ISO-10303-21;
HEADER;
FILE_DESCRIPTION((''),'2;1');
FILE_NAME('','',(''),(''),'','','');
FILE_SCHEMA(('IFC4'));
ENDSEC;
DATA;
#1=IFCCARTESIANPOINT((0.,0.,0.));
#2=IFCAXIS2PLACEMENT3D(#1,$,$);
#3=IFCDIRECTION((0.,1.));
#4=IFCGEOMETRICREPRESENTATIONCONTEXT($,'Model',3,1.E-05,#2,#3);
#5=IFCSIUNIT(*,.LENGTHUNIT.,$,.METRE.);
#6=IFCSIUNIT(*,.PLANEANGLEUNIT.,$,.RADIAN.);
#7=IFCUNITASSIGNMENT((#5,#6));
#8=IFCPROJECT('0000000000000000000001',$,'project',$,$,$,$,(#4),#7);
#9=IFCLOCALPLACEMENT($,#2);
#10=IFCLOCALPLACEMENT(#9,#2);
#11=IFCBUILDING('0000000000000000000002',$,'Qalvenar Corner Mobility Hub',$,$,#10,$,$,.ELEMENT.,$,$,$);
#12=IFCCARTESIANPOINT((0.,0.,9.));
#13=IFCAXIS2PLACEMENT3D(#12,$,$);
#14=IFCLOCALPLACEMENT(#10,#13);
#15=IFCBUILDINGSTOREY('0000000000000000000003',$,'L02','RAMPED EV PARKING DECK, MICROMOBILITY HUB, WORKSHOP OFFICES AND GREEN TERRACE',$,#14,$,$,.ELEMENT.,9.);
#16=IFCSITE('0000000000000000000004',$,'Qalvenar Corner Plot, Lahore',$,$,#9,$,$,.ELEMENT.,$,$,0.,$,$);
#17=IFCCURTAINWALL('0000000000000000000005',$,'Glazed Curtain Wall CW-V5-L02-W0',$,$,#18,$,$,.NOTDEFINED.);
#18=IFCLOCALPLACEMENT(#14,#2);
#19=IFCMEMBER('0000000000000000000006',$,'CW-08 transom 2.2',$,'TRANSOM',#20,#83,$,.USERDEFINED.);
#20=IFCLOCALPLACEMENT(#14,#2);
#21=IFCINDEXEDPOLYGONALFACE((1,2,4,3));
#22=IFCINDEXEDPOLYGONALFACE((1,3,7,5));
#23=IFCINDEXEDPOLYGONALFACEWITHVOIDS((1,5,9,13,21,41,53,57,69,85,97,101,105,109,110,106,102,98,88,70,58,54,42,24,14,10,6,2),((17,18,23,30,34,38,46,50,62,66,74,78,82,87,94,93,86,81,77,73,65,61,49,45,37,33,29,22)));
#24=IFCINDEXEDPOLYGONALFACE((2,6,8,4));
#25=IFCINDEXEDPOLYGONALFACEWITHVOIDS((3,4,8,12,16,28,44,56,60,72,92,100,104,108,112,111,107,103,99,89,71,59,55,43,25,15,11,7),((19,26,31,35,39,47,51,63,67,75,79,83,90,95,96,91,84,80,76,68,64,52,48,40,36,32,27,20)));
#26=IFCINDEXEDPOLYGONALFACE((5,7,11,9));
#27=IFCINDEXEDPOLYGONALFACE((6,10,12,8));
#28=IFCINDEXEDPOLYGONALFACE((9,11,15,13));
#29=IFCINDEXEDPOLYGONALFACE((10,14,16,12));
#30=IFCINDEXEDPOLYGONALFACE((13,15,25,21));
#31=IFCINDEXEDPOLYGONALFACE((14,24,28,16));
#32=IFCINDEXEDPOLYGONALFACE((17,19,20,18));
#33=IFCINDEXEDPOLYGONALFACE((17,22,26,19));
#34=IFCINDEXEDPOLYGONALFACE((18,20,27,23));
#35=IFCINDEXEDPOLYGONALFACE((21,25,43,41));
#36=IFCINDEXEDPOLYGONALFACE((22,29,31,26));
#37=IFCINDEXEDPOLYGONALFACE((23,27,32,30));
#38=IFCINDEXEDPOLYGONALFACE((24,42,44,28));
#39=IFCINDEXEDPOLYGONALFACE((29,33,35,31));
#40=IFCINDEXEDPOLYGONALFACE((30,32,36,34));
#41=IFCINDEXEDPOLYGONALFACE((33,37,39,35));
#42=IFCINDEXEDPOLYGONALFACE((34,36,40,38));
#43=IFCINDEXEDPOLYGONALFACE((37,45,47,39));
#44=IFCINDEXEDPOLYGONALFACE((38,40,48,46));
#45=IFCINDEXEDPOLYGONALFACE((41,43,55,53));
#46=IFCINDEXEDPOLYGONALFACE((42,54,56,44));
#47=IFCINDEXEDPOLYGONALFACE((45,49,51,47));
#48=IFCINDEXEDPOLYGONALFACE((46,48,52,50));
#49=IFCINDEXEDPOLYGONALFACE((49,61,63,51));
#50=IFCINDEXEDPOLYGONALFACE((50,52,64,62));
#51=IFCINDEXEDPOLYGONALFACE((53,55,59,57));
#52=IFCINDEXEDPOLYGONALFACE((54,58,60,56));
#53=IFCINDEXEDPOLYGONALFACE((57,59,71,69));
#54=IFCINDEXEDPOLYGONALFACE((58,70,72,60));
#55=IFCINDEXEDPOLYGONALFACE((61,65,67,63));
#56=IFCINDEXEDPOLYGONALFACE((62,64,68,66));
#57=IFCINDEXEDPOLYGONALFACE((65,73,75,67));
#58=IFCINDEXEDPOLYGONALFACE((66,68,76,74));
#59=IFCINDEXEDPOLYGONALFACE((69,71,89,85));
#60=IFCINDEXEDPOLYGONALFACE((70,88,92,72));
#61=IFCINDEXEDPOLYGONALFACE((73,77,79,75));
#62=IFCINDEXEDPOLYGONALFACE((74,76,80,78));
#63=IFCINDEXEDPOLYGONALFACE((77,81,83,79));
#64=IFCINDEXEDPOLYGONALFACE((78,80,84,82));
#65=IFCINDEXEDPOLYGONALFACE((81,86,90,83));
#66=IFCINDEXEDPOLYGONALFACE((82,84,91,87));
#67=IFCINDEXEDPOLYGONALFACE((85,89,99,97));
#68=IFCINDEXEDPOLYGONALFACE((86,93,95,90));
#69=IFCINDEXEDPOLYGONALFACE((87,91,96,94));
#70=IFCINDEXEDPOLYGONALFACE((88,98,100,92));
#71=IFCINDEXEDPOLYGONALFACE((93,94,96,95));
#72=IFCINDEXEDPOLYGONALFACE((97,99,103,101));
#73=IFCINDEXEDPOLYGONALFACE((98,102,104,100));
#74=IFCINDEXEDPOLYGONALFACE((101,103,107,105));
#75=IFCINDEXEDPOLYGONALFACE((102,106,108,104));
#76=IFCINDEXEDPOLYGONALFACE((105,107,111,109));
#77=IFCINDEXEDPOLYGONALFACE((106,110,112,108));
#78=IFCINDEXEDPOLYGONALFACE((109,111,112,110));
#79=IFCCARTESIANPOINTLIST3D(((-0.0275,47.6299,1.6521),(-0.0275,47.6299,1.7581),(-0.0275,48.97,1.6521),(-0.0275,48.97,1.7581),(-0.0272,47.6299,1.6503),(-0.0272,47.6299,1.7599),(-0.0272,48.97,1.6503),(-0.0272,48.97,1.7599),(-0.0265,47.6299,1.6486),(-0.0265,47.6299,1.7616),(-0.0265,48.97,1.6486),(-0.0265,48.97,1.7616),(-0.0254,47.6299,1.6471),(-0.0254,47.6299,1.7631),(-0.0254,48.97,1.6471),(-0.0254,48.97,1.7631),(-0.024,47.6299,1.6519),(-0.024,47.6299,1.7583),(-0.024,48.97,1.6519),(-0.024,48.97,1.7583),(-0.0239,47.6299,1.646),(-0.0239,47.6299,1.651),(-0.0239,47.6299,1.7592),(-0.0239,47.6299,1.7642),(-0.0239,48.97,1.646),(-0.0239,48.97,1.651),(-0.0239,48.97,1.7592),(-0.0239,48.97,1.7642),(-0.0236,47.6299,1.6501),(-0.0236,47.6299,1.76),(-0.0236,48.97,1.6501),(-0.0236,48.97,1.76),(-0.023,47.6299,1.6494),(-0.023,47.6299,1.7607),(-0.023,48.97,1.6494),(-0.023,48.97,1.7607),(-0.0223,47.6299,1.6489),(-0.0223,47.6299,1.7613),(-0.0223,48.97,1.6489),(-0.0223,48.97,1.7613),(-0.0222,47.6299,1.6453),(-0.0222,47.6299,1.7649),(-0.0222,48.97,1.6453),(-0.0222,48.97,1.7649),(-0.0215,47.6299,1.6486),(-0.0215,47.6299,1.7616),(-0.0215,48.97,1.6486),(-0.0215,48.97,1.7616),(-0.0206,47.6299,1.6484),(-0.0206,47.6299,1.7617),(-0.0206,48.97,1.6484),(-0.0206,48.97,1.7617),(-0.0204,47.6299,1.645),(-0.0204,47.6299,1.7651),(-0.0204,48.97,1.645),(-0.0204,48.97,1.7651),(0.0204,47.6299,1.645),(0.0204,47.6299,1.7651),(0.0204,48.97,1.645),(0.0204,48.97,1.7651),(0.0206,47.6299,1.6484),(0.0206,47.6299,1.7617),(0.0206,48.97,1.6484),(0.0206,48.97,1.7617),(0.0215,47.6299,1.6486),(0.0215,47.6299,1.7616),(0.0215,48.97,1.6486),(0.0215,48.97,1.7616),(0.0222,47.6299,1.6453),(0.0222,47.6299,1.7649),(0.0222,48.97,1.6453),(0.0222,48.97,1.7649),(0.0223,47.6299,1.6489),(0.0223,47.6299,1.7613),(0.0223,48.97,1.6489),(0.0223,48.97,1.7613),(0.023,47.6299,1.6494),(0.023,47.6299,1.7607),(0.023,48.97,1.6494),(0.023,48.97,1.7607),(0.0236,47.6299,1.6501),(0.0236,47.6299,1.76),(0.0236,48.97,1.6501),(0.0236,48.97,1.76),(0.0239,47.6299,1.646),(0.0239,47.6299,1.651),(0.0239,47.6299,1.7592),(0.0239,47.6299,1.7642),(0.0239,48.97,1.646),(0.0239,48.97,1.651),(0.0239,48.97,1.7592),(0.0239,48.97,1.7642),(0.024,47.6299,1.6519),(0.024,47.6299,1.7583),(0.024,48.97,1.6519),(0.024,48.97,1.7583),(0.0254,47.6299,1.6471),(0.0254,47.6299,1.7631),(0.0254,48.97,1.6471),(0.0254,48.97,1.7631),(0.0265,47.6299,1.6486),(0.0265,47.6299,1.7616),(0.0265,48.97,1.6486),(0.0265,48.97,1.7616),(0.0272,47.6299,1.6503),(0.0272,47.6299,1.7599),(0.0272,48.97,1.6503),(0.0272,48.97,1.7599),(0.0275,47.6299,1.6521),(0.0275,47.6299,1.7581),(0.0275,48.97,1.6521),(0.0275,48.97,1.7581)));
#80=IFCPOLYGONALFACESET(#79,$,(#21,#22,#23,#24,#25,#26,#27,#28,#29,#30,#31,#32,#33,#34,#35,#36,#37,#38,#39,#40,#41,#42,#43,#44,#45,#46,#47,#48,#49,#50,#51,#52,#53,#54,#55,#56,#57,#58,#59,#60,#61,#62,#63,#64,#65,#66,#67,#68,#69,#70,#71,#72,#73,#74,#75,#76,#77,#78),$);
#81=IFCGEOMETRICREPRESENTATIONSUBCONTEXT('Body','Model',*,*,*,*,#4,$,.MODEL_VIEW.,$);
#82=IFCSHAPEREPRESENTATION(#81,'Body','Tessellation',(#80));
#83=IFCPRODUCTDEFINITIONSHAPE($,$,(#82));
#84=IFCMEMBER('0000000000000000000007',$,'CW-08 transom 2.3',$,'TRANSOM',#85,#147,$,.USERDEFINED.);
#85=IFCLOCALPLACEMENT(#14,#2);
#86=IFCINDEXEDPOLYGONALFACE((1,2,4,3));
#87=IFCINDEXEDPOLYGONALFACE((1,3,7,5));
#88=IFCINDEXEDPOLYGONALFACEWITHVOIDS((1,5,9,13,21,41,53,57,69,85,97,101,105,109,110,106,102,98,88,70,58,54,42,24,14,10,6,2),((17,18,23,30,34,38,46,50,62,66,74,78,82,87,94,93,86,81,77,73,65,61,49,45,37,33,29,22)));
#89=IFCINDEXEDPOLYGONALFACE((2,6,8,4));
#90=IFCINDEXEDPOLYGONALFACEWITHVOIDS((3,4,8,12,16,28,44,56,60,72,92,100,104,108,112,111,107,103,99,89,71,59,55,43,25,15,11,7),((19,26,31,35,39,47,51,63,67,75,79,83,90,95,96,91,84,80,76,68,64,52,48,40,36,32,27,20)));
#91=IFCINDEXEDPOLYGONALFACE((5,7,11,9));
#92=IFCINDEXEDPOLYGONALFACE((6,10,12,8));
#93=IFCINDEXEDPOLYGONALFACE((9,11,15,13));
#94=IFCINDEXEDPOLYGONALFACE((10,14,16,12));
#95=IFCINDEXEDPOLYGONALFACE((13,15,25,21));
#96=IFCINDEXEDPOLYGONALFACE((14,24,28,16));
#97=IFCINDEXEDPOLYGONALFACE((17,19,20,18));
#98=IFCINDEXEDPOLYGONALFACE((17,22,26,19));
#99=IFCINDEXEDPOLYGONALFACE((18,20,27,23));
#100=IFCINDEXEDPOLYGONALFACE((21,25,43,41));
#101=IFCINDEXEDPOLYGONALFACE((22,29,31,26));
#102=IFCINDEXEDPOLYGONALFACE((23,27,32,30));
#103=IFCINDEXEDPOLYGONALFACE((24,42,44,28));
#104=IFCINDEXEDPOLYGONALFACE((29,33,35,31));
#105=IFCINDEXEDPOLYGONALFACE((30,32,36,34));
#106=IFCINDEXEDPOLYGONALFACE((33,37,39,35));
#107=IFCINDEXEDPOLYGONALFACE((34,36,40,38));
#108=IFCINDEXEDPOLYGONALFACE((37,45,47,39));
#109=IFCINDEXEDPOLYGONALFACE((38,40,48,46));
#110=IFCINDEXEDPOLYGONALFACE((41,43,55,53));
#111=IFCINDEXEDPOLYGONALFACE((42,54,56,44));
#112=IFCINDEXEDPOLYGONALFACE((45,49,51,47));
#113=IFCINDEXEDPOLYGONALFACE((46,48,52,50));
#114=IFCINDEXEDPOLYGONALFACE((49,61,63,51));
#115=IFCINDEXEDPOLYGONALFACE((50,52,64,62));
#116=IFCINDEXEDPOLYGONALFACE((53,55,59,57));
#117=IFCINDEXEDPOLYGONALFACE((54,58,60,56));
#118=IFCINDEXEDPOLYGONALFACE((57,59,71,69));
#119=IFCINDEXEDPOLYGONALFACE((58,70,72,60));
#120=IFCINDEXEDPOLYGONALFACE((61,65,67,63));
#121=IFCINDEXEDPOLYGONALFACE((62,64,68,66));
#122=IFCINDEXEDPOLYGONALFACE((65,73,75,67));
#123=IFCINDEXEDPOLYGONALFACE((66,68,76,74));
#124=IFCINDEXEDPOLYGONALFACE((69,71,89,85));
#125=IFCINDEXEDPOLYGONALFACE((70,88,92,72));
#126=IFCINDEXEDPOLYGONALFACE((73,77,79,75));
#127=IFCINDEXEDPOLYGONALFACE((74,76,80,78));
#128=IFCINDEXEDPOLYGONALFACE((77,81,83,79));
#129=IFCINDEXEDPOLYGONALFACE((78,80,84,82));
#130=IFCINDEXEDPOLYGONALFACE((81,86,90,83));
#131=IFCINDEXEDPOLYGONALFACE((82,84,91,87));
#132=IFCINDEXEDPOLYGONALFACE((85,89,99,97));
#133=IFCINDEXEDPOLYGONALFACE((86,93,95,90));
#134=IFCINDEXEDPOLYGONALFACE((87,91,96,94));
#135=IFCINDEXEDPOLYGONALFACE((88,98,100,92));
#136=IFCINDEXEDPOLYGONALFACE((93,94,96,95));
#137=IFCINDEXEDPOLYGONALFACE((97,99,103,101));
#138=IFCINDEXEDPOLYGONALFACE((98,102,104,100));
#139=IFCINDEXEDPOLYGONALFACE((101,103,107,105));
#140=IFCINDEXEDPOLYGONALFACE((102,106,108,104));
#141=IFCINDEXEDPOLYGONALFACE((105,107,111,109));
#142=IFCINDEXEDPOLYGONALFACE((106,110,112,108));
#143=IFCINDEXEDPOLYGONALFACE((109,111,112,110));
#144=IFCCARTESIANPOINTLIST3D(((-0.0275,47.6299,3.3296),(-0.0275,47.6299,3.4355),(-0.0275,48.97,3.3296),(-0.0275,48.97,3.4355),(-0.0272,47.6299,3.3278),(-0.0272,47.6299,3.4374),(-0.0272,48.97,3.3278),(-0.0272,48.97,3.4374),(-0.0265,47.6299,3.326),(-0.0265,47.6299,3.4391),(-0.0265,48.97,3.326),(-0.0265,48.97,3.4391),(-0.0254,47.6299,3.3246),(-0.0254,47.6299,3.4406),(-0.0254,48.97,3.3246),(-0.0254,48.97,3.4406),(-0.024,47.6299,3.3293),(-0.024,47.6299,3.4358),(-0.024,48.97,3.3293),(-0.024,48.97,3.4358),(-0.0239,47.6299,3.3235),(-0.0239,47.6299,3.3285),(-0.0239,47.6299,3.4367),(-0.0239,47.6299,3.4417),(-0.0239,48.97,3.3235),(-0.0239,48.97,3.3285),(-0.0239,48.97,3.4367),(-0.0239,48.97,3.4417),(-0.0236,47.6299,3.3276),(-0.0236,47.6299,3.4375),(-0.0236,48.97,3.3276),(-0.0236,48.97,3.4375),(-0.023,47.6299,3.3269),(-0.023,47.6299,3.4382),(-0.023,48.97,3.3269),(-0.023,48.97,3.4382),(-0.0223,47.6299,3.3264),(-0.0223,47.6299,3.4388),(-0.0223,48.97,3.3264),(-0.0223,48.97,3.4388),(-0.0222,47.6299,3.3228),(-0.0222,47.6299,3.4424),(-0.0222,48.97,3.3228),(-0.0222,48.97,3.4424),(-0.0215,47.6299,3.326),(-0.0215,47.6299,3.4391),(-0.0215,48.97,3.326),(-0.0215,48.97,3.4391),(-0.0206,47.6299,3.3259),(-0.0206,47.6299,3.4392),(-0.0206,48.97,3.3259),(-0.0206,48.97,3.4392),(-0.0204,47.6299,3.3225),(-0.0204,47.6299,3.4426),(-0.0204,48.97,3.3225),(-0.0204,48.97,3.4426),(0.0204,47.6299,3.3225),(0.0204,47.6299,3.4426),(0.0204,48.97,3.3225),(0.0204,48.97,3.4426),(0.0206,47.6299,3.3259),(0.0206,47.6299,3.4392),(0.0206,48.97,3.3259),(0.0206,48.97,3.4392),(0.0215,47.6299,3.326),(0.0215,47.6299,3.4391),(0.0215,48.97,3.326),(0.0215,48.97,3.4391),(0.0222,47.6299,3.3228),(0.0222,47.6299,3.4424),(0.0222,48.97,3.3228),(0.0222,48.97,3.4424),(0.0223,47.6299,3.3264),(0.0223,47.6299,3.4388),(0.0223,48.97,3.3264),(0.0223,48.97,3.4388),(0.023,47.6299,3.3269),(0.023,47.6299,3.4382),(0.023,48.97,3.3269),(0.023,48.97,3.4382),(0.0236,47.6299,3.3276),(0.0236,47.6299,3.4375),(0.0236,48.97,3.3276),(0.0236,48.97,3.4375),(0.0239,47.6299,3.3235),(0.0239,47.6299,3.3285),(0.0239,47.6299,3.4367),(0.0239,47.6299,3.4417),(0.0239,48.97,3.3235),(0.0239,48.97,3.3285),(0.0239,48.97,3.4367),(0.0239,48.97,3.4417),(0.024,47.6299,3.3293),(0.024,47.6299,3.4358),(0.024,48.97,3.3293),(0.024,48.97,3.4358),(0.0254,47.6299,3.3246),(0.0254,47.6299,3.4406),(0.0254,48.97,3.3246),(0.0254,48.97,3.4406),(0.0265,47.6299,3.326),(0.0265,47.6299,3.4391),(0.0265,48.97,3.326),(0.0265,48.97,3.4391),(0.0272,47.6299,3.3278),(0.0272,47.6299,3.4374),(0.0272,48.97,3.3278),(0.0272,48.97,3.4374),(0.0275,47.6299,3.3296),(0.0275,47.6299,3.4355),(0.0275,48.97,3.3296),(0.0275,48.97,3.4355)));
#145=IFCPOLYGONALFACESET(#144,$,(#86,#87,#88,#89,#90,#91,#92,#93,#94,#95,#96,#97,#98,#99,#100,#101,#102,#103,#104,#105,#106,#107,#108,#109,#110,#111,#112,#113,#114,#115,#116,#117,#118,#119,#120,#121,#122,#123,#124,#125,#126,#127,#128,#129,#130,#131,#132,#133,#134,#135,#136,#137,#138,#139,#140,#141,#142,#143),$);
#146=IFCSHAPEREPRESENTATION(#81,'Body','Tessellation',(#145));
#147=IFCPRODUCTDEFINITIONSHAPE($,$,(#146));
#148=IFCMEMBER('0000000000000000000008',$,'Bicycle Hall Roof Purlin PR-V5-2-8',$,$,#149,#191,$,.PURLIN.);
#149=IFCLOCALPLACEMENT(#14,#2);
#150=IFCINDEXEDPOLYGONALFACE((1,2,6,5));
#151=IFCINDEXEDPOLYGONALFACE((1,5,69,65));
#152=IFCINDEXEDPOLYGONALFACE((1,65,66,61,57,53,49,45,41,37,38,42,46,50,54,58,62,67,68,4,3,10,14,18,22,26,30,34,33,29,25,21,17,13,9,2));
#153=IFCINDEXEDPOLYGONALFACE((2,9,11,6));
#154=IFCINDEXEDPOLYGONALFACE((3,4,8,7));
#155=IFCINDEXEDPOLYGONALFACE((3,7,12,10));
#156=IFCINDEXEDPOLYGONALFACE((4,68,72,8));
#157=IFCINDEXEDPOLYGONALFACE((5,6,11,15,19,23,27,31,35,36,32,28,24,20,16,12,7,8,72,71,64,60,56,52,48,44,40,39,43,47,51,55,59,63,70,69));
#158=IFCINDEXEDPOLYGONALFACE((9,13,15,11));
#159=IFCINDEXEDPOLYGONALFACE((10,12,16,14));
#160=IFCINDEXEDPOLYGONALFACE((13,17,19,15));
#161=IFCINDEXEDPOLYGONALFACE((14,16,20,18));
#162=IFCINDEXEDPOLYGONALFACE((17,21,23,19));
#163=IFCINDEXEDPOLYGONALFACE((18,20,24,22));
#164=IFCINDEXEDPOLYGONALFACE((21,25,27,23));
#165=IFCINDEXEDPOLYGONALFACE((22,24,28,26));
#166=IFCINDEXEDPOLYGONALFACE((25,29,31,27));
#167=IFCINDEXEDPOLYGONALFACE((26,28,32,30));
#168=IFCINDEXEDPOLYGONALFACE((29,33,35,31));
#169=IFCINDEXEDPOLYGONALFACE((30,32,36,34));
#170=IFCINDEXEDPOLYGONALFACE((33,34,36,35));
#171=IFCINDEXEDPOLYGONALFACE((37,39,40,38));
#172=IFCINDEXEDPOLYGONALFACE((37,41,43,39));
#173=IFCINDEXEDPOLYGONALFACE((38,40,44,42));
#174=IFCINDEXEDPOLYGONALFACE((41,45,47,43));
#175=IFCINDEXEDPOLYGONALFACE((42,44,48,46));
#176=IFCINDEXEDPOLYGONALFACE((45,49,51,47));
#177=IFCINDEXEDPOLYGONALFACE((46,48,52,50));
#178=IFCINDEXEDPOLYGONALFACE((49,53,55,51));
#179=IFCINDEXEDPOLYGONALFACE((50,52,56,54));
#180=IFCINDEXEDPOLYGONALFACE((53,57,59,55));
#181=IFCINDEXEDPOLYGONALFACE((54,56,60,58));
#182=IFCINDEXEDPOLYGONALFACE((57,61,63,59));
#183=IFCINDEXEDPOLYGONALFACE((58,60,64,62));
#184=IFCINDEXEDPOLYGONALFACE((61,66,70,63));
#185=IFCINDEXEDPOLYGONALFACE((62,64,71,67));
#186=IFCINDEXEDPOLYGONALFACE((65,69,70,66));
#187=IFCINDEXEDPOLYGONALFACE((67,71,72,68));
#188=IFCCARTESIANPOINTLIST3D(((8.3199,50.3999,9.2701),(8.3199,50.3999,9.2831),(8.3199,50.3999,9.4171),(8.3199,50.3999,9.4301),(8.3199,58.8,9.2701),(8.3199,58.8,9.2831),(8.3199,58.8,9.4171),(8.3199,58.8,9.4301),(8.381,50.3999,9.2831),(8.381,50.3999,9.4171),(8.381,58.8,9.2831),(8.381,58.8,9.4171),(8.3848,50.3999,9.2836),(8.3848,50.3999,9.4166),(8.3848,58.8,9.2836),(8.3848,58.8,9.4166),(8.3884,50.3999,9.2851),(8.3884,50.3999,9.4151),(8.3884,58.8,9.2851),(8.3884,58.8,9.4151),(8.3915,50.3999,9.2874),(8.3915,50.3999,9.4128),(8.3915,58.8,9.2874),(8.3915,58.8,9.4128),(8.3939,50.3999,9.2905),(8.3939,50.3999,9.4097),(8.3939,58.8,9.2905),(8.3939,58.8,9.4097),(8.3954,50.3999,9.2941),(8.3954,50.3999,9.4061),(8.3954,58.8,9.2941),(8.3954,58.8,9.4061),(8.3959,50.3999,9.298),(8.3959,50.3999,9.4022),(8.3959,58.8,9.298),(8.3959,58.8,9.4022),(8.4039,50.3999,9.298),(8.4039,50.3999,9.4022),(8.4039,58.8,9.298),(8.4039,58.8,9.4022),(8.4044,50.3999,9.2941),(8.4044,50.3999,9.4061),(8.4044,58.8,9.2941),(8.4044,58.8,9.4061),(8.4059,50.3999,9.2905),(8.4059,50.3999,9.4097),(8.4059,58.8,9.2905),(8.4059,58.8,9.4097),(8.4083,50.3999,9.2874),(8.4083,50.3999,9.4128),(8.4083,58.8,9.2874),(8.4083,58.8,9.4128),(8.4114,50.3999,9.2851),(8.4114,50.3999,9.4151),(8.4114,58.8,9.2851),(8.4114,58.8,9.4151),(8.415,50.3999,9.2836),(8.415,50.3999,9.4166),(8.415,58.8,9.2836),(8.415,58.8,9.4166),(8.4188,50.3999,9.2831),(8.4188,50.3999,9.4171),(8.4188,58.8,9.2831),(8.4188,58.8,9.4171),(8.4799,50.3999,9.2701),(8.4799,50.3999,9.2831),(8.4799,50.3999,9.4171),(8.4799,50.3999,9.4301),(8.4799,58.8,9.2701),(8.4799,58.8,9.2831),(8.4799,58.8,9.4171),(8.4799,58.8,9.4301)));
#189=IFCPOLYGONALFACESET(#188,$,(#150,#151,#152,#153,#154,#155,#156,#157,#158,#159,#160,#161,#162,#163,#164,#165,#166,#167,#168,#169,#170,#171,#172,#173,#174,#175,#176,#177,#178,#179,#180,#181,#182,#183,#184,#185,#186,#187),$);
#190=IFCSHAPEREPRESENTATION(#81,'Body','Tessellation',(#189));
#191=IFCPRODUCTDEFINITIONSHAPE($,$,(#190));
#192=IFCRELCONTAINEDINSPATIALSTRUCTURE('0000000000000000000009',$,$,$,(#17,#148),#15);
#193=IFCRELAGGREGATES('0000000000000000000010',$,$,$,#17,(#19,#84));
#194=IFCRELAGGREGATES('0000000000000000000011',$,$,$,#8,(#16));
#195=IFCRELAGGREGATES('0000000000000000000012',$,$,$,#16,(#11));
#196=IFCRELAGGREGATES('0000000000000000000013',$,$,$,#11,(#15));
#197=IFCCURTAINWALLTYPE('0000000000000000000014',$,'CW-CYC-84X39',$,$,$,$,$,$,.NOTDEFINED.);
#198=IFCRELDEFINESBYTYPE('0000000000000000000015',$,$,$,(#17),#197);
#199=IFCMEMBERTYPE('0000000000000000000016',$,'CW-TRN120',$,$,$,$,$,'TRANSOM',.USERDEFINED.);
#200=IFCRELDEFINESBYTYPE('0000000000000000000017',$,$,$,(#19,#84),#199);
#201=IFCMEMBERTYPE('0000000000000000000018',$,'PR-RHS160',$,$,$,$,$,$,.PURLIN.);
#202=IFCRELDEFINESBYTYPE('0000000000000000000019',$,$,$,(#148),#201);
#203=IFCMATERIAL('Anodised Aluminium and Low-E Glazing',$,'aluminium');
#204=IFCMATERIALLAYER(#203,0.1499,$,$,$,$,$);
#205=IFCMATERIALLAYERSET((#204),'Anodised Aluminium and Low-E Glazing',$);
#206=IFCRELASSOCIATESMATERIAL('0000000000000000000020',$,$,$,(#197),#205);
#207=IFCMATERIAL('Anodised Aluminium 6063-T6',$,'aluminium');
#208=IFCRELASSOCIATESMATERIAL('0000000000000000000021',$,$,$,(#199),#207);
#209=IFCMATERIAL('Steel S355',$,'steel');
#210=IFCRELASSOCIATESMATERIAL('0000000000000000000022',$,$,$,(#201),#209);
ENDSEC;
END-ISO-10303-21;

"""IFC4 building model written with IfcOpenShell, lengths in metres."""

from ifc_helpers import new_model, si_unit, direction, frame, origin, origin_2d, place, context, subcontext, project, spatial, hollow_rectangle, i_section, extrude, material, layer, layer_set, material_profile, profile_set, type_object, element, aggregate, save


model = new_model("IFC4")

# Units and contexts
model_context = context("Model", 3, precision=1e-05, world=origin(), true_north=direction((0.0, 1.0)))
body_context = subcontext(model_context, "Body", "Model", "MODEL_VIEW")
ifc_project = project(units=[si_unit("LENGTHUNIT", "METRE"), si_unit("PLANEANGLEUNIT", "RADIAN")], contexts=[model_context])

# Site, building, storey
site_placement = place(None, origin())
site = spatial("IfcSite", under=ifc_project, at=site_placement, Name="Qalvenar Corner Plot, Lahore", CompositionType="ELEMENT", RefElevation=0.0)
building_placement = place(site_placement, origin())
building = spatial("IfcBuilding", under=site, at=building_placement, Name="Qalvenar Corner Mobility Hub", CompositionType="ELEMENT")
storey_placement = place(building_placement, frame((0.0, 0.0, 9.0)))
storey = spatial("IfcBuildingStorey", under=building, at=storey_placement, Name="L02", Description="RAMPED EV PARKING DECK, MICROMOBILITY HUB, WORKSHOP OFFICES AND GREEN TERRACE", CompositionType="ELEMENT", Elevation=9.0)

# Shared definitions
ifc_material_1 = material(Name="Steel S355", Category="steel")

# Curtain wall, members
ifc_material_2 = material(Name="Anodised Aluminium and Low-E Glazing", Category="aluminium")
ifc_layer_1 = layer(ifc_material_2, 0.1499)
ifc_layer_set_1 = layer_set([ifc_layer_1], Name="Anodised Aluminium and Low-E Glazing")
curtain_wall_type = type_object("IfcCurtainWallType", Name="CW-CYC-84X39", PredefinedType="NOTDEFINED", material=ifc_layer_set_1)
curtain_wall_placement = place(storey_placement, origin())
curtain_wall = element("IfcCurtainWall", 1, at=curtain_wall_placement, inside=storey, type_object=curtain_wall_type, Name="Glazed Curtain Wall CW-V5-L02-W0", PredefinedType="NOTDEFINED")
ifc_material_3 = material(Name="Anodised Aluminium 6063-T6", Category="aluminium")
ifc_material_profile_1 = material_profile(ifc_material_3, hollow_rectangle(XDim=0.0549, YDim=0.1201, WallThickness=0.0034, InnerFilletRadius=0.0034, OuterFilletRadius=0.0071, at=origin_2d()), Name="RHS120x55x3.5")
ifc_profile_set_1 = profile_set([ifc_material_profile_1], Name="Anodised Aluminium 6063-T6")
member_type_1 = type_object("IfcMemberType", Name="CW-TRN120", ElementType="TRANSOM", PredefinedType="USERDEFINED", material=ifc_profile_set_1)
member_1_placement = place(storey_placement, frame((0.0, 48.97, 1.7051), z_axis=(0.0, -1.0, 0.0), x_axis=(1.0, 0.0, 0.0)))
member_1 = element("IfcMember", 2, at=member_1_placement, type_object=member_type_1, Name="CW-08 transom 2.2", ObjectType="TRANSOM", PredefinedType="USERDEFINED", context=body_context, shape_type="SweptSolid", body=[
    extrude(hollow_rectangle(XDim=0.0549, YDim=0.1201, WallThickness=0.0034, InnerFilletRadius=0.0034, OuterFilletRadius=0.0071, at=origin_2d()), origin(), (0.0, 0.0, 1.0), 1.3401),
])
member_2_placement = place(storey_placement, frame((0.0, 48.97, 3.3826), z_axis=(0.0, -1.0, 0.0), x_axis=(1.0, 0.0, 0.0)))
member_2 = element("IfcMember", 3, at=member_2_placement, type_object=member_type_1, Name="CW-08 transom 2.3", ObjectType="TRANSOM", PredefinedType="USERDEFINED", context=body_context, shape_type="SweptSolid", body=[
    extrude(hollow_rectangle(XDim=0.0549, YDim=0.1201, WallThickness=0.0034, InnerFilletRadius=0.0034, OuterFilletRadius=0.0071, at=origin_2d()), origin(), (0.0, 0.0, 1.0), 1.3401),
])

# Member
ifc_material_profile_2 = material_profile(ifc_material_1, i_section(OverallWidth=0.1599, OverallDepth=0.1599, WebThickness=0.0081, FlangeThickness=0.0129, FilletRadius=0.0149, at=origin_2d()), Name="HEB160")
ifc_profile_set_2 = profile_set([ifc_material_profile_2], Name="Steel S355")
member_type_2 = type_object("IfcMemberType", Name="PR-RHS160", PredefinedType="PURLIN", material=ifc_profile_set_2)
member_3_placement = place(storey_placement, frame((8.3999, 50.3999, 9.3501), z_axis=(0.0, 1.0, 0.0), x_axis=(-1.0, 0.0, 0.0)))
element("IfcMember", 4, at=member_3_placement, inside=storey, type_object=member_type_2, Name="Bicycle Hall Roof Purlin PR-V5-2-8", PredefinedType="PURLIN", context=body_context, shape_type="SweptSolid", body=[
    extrude(i_section(OverallWidth=0.1599, OverallDepth=0.1599, WebThickness=0.0081, FlangeThickness=0.0129, FilletRadius=0.0149, at=origin_2d()), origin(), (0.0, 0.0, 1.0), 8.4001),
])

aggregate(curtain_wall, [member_1, member_2])

save(model, "model.ifc")
